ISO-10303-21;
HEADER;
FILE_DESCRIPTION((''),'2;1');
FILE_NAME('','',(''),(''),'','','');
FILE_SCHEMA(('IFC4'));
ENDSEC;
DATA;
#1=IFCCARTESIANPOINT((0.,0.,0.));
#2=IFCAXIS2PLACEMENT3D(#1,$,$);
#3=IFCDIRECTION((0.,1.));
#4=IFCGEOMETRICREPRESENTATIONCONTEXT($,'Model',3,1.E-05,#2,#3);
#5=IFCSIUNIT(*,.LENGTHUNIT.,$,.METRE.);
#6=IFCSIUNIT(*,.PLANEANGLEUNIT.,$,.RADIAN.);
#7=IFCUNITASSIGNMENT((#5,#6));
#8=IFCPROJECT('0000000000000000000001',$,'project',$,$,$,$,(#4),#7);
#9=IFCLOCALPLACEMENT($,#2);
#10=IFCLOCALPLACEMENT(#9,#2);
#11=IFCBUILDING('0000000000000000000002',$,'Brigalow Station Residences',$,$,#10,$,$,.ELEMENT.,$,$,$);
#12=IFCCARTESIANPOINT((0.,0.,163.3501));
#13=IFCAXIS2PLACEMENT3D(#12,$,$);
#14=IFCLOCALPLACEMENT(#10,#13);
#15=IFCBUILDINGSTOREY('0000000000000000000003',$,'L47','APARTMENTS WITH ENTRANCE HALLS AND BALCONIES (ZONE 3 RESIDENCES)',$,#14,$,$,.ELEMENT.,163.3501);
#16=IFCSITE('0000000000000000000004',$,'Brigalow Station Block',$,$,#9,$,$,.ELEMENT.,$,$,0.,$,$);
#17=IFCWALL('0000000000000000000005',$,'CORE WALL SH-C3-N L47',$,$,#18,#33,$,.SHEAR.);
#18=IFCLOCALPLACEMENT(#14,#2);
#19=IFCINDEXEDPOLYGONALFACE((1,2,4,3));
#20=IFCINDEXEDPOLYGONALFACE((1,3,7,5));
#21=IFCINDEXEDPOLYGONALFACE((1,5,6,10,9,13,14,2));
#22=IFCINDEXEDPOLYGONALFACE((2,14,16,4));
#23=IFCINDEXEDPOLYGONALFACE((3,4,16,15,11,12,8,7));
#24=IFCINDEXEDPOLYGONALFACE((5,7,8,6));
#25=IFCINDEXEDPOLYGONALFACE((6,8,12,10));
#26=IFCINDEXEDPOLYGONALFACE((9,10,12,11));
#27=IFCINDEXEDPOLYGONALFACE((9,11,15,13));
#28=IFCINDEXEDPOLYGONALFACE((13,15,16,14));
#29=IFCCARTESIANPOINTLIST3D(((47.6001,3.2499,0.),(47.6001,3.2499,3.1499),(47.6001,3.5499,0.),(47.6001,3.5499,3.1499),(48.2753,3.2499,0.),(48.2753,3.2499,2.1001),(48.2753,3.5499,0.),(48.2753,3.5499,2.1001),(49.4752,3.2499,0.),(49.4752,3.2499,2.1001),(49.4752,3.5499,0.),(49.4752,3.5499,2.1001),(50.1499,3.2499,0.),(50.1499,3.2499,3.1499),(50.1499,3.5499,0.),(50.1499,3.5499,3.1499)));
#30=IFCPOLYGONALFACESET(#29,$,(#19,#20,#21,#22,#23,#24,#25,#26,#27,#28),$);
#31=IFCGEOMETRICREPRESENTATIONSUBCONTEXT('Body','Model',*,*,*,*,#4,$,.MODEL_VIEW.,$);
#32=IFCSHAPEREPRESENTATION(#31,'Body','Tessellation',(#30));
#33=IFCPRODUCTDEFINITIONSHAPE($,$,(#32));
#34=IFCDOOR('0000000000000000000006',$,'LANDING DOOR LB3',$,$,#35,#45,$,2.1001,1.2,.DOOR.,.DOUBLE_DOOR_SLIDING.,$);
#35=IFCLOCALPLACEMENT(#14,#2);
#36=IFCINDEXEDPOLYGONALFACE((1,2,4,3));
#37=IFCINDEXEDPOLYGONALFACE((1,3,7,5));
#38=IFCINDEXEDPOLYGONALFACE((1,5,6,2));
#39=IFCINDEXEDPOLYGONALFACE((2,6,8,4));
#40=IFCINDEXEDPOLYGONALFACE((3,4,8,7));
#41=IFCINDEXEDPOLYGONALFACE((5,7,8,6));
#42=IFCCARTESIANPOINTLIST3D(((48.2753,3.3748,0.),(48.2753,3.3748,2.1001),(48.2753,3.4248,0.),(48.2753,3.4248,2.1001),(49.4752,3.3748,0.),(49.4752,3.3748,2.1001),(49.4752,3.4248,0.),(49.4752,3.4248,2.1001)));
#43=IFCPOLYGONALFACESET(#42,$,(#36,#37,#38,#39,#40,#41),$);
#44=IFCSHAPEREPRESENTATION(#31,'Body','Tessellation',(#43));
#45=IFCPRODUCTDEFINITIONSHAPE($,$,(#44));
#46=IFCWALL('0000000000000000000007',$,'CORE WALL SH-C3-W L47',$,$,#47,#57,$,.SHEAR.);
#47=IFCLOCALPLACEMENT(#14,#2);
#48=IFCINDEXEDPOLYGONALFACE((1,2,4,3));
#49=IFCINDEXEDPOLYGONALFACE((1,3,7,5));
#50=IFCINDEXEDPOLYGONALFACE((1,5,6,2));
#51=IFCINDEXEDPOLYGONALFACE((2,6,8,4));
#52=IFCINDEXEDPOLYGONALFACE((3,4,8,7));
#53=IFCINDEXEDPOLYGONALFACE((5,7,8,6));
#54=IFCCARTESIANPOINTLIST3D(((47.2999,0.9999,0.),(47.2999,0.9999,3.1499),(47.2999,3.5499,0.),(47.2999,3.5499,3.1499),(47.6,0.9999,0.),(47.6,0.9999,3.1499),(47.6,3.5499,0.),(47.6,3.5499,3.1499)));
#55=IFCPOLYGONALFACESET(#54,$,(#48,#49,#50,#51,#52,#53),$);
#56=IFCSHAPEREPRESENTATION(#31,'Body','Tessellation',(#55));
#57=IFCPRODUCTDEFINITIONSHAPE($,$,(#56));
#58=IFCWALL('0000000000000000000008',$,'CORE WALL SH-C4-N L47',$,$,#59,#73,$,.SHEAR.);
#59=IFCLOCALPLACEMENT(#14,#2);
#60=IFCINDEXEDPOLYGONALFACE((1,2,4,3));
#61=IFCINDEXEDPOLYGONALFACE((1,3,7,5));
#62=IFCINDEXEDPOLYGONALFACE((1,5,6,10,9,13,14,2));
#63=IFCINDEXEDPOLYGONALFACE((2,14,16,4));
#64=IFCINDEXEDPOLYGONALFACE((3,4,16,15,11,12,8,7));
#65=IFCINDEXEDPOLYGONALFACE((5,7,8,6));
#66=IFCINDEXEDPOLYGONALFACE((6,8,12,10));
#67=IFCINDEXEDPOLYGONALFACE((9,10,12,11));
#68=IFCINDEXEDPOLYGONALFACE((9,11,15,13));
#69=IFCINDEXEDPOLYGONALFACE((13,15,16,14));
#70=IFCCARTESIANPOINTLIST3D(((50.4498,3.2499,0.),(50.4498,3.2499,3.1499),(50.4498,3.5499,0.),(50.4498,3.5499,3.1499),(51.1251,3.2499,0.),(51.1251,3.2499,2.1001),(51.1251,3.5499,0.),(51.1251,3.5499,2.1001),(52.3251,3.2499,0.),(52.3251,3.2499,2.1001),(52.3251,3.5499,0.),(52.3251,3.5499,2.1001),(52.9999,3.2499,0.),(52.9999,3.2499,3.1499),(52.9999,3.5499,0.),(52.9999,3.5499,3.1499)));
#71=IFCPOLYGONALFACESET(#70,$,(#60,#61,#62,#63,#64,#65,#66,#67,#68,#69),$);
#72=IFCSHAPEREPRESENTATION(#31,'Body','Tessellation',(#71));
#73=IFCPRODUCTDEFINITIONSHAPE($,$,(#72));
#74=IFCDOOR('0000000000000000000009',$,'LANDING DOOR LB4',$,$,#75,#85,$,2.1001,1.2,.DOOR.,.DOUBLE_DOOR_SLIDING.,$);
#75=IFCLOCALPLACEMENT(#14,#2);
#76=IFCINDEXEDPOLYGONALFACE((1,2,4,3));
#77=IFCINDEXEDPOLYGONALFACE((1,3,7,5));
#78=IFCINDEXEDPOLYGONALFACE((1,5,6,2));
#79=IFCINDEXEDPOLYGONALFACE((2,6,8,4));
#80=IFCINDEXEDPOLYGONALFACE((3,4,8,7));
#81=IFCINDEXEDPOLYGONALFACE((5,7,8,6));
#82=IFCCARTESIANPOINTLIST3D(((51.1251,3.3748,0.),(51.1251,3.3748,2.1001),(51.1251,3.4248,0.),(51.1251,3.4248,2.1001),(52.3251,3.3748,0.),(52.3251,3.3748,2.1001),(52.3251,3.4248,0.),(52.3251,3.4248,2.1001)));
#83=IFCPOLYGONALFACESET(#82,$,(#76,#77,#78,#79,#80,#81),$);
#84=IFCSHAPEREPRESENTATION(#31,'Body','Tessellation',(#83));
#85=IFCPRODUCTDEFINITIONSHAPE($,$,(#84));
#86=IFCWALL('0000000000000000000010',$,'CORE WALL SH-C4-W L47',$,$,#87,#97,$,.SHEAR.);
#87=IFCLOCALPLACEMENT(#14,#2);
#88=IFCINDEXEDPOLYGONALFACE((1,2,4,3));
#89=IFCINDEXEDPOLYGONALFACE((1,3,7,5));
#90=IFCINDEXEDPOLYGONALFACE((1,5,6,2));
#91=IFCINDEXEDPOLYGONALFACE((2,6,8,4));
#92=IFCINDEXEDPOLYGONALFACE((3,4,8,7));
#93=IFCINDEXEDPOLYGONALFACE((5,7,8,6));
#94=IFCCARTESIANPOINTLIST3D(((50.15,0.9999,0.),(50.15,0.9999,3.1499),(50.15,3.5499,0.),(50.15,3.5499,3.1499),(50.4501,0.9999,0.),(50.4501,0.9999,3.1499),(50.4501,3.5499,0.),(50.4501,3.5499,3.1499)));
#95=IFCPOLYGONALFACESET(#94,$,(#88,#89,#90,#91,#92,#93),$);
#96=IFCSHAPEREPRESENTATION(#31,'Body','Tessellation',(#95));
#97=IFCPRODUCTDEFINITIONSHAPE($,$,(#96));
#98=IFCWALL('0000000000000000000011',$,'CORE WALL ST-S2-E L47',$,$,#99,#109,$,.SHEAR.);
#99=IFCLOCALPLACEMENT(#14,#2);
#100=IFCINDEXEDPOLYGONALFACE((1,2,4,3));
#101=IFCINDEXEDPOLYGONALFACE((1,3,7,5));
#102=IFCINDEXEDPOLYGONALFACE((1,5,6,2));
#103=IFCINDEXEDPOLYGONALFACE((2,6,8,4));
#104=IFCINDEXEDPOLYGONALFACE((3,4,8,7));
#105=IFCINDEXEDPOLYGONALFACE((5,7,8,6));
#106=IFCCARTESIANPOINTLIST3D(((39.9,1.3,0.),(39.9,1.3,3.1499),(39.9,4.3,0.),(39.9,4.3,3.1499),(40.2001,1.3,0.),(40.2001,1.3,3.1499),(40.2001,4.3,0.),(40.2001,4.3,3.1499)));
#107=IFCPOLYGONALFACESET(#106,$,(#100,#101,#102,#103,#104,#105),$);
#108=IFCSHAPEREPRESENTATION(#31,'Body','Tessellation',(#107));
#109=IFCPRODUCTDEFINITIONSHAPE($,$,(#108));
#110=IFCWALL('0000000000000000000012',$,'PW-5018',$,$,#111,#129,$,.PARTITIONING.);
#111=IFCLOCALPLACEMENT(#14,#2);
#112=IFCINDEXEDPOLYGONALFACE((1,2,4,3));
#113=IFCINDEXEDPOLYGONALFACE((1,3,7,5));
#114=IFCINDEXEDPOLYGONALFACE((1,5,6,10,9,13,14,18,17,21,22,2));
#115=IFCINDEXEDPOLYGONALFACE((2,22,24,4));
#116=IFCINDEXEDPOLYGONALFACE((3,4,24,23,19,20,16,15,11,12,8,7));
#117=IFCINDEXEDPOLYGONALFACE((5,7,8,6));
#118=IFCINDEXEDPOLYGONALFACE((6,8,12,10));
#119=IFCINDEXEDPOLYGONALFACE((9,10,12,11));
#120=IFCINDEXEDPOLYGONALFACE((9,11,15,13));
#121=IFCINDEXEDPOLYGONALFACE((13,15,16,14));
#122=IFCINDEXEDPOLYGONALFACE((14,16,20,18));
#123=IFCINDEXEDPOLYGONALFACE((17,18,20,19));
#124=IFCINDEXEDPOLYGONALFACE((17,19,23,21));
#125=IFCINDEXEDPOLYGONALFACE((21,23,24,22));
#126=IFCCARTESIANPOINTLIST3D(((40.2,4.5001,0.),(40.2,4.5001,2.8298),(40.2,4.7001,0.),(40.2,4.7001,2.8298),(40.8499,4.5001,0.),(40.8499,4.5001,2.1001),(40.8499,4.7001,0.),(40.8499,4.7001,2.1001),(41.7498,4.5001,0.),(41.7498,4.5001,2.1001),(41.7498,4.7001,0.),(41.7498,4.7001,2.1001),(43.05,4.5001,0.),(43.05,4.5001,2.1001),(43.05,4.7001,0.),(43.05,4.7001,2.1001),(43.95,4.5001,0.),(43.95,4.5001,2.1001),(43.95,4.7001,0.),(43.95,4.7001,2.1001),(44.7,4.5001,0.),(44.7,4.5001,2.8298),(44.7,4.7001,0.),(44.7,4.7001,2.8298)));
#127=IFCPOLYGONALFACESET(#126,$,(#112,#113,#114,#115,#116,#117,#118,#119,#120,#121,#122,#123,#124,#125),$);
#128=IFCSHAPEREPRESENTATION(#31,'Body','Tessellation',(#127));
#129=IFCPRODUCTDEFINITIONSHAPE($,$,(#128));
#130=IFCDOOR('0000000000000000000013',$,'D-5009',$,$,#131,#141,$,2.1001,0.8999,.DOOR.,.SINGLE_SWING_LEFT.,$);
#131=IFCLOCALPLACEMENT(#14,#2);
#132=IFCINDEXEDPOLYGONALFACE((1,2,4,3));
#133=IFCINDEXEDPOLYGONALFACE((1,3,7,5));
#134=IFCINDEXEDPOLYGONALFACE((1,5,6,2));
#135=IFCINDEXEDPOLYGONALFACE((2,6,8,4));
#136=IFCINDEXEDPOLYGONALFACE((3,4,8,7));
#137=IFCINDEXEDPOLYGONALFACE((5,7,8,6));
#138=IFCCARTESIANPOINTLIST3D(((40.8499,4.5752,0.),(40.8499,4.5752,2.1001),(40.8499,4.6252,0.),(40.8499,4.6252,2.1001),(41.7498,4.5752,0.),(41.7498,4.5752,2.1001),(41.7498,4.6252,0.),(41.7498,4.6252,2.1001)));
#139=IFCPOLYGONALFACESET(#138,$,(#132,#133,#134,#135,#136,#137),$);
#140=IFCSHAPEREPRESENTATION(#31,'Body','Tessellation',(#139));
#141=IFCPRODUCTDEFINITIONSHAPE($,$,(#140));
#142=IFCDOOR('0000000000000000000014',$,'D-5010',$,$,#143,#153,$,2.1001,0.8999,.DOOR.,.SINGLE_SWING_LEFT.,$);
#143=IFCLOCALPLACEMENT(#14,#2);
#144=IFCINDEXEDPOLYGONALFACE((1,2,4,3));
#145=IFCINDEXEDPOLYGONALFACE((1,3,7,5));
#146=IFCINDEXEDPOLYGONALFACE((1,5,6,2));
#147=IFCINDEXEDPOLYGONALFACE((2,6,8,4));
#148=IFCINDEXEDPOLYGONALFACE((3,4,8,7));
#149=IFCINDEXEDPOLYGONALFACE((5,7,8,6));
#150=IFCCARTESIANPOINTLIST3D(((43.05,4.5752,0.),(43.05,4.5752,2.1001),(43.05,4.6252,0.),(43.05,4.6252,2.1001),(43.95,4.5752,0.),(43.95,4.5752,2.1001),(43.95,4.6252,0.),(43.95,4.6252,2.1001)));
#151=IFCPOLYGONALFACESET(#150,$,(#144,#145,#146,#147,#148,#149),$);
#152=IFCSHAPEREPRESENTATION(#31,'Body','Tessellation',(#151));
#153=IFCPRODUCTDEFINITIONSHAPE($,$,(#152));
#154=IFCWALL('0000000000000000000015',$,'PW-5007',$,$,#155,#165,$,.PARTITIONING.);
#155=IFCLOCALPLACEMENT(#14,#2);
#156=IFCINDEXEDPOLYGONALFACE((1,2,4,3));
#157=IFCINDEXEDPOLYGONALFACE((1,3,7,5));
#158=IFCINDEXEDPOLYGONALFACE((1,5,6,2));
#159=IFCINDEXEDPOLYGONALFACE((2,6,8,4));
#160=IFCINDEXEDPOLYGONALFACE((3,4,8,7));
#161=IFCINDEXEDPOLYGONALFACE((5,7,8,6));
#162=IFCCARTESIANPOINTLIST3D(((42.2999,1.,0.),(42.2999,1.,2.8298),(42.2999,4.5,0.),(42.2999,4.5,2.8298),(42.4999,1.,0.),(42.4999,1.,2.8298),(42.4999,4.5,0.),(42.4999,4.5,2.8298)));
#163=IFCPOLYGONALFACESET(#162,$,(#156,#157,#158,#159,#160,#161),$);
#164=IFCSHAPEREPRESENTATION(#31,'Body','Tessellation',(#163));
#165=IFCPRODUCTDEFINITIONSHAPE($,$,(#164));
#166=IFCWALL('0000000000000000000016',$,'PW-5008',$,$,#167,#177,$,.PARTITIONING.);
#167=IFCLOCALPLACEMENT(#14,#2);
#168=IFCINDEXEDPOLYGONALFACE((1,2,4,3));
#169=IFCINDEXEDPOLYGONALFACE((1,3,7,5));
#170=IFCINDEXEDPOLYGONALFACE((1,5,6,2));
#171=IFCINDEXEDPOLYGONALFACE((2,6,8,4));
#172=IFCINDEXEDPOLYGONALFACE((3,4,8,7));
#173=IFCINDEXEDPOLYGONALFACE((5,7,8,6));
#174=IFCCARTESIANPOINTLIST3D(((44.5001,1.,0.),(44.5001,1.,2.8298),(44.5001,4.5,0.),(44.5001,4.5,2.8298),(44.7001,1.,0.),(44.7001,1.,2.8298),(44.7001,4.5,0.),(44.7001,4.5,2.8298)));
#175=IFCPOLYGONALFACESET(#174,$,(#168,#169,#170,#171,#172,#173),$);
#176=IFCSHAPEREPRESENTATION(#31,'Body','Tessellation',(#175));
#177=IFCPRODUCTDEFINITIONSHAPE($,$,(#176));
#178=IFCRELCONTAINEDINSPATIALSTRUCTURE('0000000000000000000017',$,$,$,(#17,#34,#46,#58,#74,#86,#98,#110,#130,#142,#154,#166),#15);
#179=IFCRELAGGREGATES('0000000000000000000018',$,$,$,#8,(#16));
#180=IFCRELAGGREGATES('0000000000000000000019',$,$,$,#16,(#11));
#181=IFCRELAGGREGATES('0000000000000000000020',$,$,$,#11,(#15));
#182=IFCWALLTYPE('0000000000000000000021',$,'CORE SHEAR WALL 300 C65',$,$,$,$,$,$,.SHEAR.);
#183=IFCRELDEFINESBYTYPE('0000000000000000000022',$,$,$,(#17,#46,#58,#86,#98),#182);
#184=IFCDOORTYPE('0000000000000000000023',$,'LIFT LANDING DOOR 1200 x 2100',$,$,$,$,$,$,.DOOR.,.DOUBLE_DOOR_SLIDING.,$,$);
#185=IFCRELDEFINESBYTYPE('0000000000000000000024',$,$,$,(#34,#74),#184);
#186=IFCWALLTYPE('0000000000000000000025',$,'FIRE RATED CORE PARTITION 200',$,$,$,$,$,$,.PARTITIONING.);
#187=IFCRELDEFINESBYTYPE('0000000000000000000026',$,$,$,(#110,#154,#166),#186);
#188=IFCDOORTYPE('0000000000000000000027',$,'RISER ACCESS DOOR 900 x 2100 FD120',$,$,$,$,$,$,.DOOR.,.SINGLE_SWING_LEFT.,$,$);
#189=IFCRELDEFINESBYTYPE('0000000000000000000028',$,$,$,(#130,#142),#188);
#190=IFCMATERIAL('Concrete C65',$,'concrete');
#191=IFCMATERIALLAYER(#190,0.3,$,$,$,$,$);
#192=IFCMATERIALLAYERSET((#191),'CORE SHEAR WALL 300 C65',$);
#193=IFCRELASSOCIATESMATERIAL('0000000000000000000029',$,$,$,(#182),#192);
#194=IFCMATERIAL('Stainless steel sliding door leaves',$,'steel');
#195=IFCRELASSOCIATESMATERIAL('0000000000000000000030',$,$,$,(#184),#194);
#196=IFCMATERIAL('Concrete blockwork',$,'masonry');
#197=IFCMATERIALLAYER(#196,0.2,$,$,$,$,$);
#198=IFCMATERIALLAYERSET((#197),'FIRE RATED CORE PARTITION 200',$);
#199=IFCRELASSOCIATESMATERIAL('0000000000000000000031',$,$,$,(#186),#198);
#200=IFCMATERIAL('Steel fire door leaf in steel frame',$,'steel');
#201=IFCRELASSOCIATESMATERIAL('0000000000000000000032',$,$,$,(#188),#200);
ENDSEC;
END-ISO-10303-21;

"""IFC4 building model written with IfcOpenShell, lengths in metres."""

from ifc_helpers import new_model, si_unit, direction, frame, frame_2d, origin, place, context, subcontext, project, spatial, rectangle, extrude, material, layer, layer_set, type_object, element, fill, save


model = new_model("IFC4")

# Units and contexts
model_context = context("Model", 3, precision=1e-05, world=origin(), true_north=direction((0.0, 1.0)))
body_context = subcontext(model_context, "Body", "Model", "MODEL_VIEW")
ifc_project = project(units=[si_unit("LENGTHUNIT", "METRE"), si_unit("PLANEANGLEUNIT", "RADIAN")], contexts=[model_context])

# Site, building, storey
site_placement = place(None, origin())
site = spatial("IfcSite", under=ifc_project, at=site_placement, Name="Brigalow Station Block", CompositionType="ELEMENT", RefElevation=0.0)
building_placement = place(site_placement, origin())
building = spatial("IfcBuilding", under=site, at=building_placement, Name="Brigalow Station Residences", CompositionType="ELEMENT")
storey_placement = place(building_placement, frame((0.0, 0.0, 163.3501)))
storey = spatial("IfcBuildingStorey", under=building, at=storey_placement, Name="L47", Description="APARTMENTS WITH ENTRANCE HALLS AND BALCONIES (ZONE 3 RESIDENCES)", CompositionType="ELEMENT", Elevation=163.3501)

# Wall, opening, door
ifc_material_1 = material(Name="Concrete C65", Category="concrete")
ifc_layer_1 = layer(ifc_material_1, 0.3)
ifc_layer_set_1 = layer_set([ifc_layer_1], Name="CORE SHEAR WALL 300 C65")
wall_type_1 = type_object("IfcWallType", Name="CORE SHEAR WALL 300 C65", PredefinedType="SHEAR", material=ifc_layer_set_1)
wall_1_placement = place(storey_placement, frame((47.6001, 3.3999, 0.0), z_axis=(0.0, 0.0, 1.0), x_axis=(1.0, 0.0, 0.0)))
wall_1 = element("IfcWall", 1, at=wall_1_placement, inside=storey, type_object=wall_type_1, Name="CORE WALL SH-C3-N L47", PredefinedType="SHEAR", context=body_context, shape_type="SweptSolid", body=[
    extrude(rectangle(XDim=2.5498, YDim=0.3, at=frame_2d((1.2749, 0.0))), origin(), (0.0, 0.0, 1.0), 3.1499),
])
opening_1_placement = place(wall_1_placement, frame((0.675, 0.0, 0.0)))
opening_1 = element("IfcOpeningElement", 2, at=opening_1_placement, cuts=wall_1, PredefinedType="OPENING", context=body_context, shape_type="SweptSolid", body=[
    extrude(rectangle(XDim=1.2, YDim=2.1001, at=frame_2d((0.6001, 1.05))), frame((0.0, 0.1602, 0.0), z_axis=(0.0, -1.0, 0.0), x_axis=(1.0, 0.0, 0.0)), (0.0, 0.0, 1.0), 0.3201),
])
ifc_material_2 = material(Name="Stainless steel sliding door leaves", Category="steel")
door_type_1 = type_object("IfcDoorType", Name="LIFT LANDING DOOR 1200 x 2100", OperationType="DOUBLE_DOOR_SLIDING", PredefinedType="DOOR", material=ifc_material_2)
door_1_placement = place(opening_1_placement, origin())
door_1 = element("IfcDoor", 3, at=door_1_placement, inside=storey, type_object=door_type_1, Name="LANDING DOOR LB3", OperationType="DOUBLE_DOOR_SLIDING", OverallHeight=2.1001, OverallWidth=1.2, PredefinedType="DOOR", context=body_context, shape_type="SweptSolid", body=[
    extrude(rectangle(XDim=1.2, YDim=2.1001, at=frame_2d((0.6001, 1.05))), frame((0.0, 0.0249, 0.0), z_axis=(0.0, -1.0, 0.0), x_axis=(1.0, 0.0, 0.0)), (0.0, 0.0, 1.0), 0.05),
])
fill(opening_1, door_1)

# Wall
wall_2_placement = place(storey_placement, frame((47.45, 1.0, 0.0), z_axis=(0.0, 0.0, 1.0), x_axis=(0.0, 1.0, 0.0)))
element("IfcWall", 4, at=wall_2_placement, inside=storey, type_object=wall_type_1, Name="CORE WALL SH-C3-W L47", PredefinedType="SHEAR", context=body_context, shape_type="SweptSolid", body=[
    extrude(rectangle(XDim=2.55, YDim=0.3, at=frame_2d((1.2749, 0.0))), origin(), (0.0, 0.0, 1.0), 3.1499),
])

# Wall, opening, door
wall_3_placement = place(storey_placement, frame((50.45, 3.3999, 0.0), z_axis=(0.0, 0.0, 1.0), x_axis=(1.0, 0.0, 0.0)))
wall_3 = element("IfcWall", 5, at=wall_3_placement, inside=storey, type_object=wall_type_1, Name="CORE WALL SH-C4-N L47", PredefinedType="SHEAR", context=body_context, shape_type="SweptSolid", body=[
    extrude(rectangle(XDim=2.55, YDim=0.3, at=frame_2d((1.2749, 0.0))), origin(), (0.0, 0.0, 1.0), 3.1499),
])
opening_2_placement = place(wall_3_placement, frame((0.675, 0.0, 0.0)))
opening_2 = element("IfcOpeningElement", 6, at=opening_2_placement, cuts=wall_3, PredefinedType="OPENING", context=body_context, shape_type="SweptSolid", body=[
    extrude(rectangle(XDim=1.2, YDim=2.1001, at=frame_2d((0.6001, 1.05))), frame((0.0, 0.1602, 0.0), z_axis=(0.0, -1.0, 0.0), x_axis=(1.0, 0.0, 0.0)), (0.0, 0.0, 1.0), 0.3201),
])
door_2_placement = place(opening_2_placement, origin())
door_2 = element("IfcDoor", 7, at=door_2_placement, inside=storey, type_object=door_type_1, Name="LANDING DOOR LB4", OperationType="DOUBLE_DOOR_SLIDING", OverallHeight=2.1001, OverallWidth=1.2, PredefinedType="DOOR", context=body_context, shape_type="SweptSolid", body=[
    extrude(rectangle(XDim=1.2, YDim=2.1001, at=frame_2d((0.6001, 1.05))), frame((0.0, 0.0249, 0.0), z_axis=(0.0, -1.0, 0.0), x_axis=(1.0, 0.0, 0.0)), (0.0, 0.0, 1.0), 0.05),
])
fill(opening_2, door_2)

# Walls
wall_4_placement = place(storey_placement, frame((50.3, 1.0, 0.0), z_axis=(0.0, 0.0, 1.0), x_axis=(0.0, 1.0, 0.0)))
element("IfcWall", 8, at=wall_4_placement, inside=storey, type_object=wall_type_1, Name="CORE WALL SH-C4-W L47", PredefinedType="SHEAR", context=body_context, shape_type="SweptSolid", body=[
    extrude(rectangle(XDim=2.55, YDim=0.3, at=frame_2d((1.2749, 0.0))), origin(), (0.0, 0.0, 1.0), 3.1499),
])
wall_5_placement = place(storey_placement, frame((40.05, 1.3, 0.0), z_axis=(0.0, 0.0, 1.0), x_axis=(0.0, 1.0, 0.0)))
element("IfcWall", 9, at=wall_5_placement, inside=storey, type_object=wall_type_1, Name="CORE WALL ST-S2-E L47", PredefinedType="SHEAR", context=body_context, shape_type="SweptSolid", body=[
    extrude(rectangle(XDim=3.0, YDim=0.3, at=frame_2d((1.5, 0.0))), origin(), (0.0, 0.0, 1.0), 3.1499),
])

# Wall, openings, doors
ifc_material_3 = material(Name="Concrete blockwork", Category="masonry")
ifc_layer_2 = layer(ifc_material_3, 0.2)
ifc_layer_set_2 = layer_set([ifc_layer_2], Name="FIRE RATED CORE PARTITION 200")
wall_type_2 = type_object("IfcWallType", Name="FIRE RATED CORE PARTITION 200", PredefinedType="PARTITIONING", material=ifc_layer_set_2)
wall_6_placement = place(storey_placement, frame((40.2, 4.6001, 0.0), z_axis=(0.0, 0.0, 1.0), x_axis=(1.0, 0.0, 0.0)))
wall_6 = element("IfcWall", 10, at=wall_6_placement, inside=storey, type_object=wall_type_2, Name="PW-5018", PredefinedType="PARTITIONING", context=body_context, shape_type="SweptSolid", body=[
    extrude(rectangle(XDim=4.5, YDim=0.2, at=frame_2d((2.25, 0.0))), origin(), (0.0, 0.0, 1.0), 2.8298),
])
opening_3_placement = place(wall_6_placement, frame((0.6499, 0.0, 0.0)))
opening_3 = element("IfcOpeningElement", 11, at=opening_3_placement, cuts=wall_6, PredefinedType="OPENING", context=body_context, shape_type="SweptSolid", body=[
    extrude(rectangle(XDim=0.8999, YDim=2.1001, at=frame_2d((0.45, 1.05))), frame((0.0, 0.1099, 0.0), z_axis=(0.0, -1.0, 0.0), x_axis=(1.0, 0.0, 0.0)), (0.0, 0.0, 1.0), 0.22),
])
opening_4_placement = place(wall_6_placement, frame((2.8501, 0.0, 0.0)))
opening_4 = element("IfcOpeningElement", 12, at=opening_4_placement, cuts=wall_6, PredefinedType="OPENING", context=body_context, shape_type="SweptSolid", body=[
    extrude(rectangle(XDim=0.8999, YDim=2.1001, at=frame_2d((0.45, 1.05))), frame((0.0, 0.1099, 0.0), z_axis=(0.0, -1.0, 0.0), x_axis=(1.0, 0.0, 0.0)), (0.0, 0.0, 1.0), 0.22),
])
ifc_material_4 = material(Name="Steel fire door leaf in steel frame", Category="steel")
door_type_2 = type_object("IfcDoorType", Name="RISER ACCESS DOOR 900 x 2100 FD120", OperationType="SINGLE_SWING_LEFT", PredefinedType="DOOR", material=ifc_material_4)
door_3_placement = place(opening_3_placement, frame((0.8999, 0.0, 0.0), z_axis=(0.0, 0.0, 1.0), x_axis=(-1.0, 0.0, 0.0)))
door_3 = element("IfcDoor", 13, at=door_3_placement, inside=storey, type_object=door_type_2, Name="D-5009", OperationType="SINGLE_SWING_LEFT", OverallHeight=2.1001, OverallWidth=0.8999, PredefinedType="DOOR", context=body_context, shape_type="SweptSolid", body=[
    extrude(rectangle(XDim=0.8999, YDim=2.1001, at=frame_2d((0.45, 1.05))), frame((0.0, 0.0249, 0.0), z_axis=(0.0, -1.0, 0.0), x_axis=(1.0, 0.0, 0.0)), (0.0, 0.0, 1.0), 0.05),
])
fill(opening_3, door_3)
door_4_placement = place(opening_4_placement, frame((0.8999, 0.0, 0.0), z_axis=(0.0, 0.0, 1.0), x_axis=(-1.0, 0.0, 0.0)))
door_4 = element("IfcDoor", 14, at=door_4_placement, inside=storey, type_object=door_type_2, Name="D-5010", OperationType="SINGLE_SWING_LEFT", OverallHeight=2.1001, OverallWidth=0.8999, PredefinedType="DOOR", context=body_context, shape_type="SweptSolid", body=[
    extrude(rectangle(XDim=0.8999, YDim=2.1001, at=frame_2d((0.45, 1.05))), frame((0.0, 0.0249, 0.0), z_axis=(0.0, -1.0, 0.0), x_axis=(1.0, 0.0, 0.0)), (0.0, 0.0, 1.0), 0.05),
])
fill(opening_4, door_4)

# Walls
for number, where, z_axis, x_axis, name in (
    (15, (42.3999, 1.0, 0.0), (0.0, 0.0, 1.0), (0.0, 1.0, 0.0), "PW-5007"),
    (16, (44.6001, 1.0, 0.0), (0.0, 0.0, 1.0), (0.0, 1.0, 0.0), "PW-5008"),
):
    element("IfcWall", number, at=place(storey_placement, frame(where, z_axis=z_axis, x_axis=x_axis)), inside=storey, type_object=wall_type_2, Name=name, PredefinedType="PARTITIONING", context=body_context, shape_type="SweptSolid", body=[
        extrude(rectangle(XDim=3.5, YDim=0.2, at=frame_2d((1.75, 0.0))), origin(), (0.0, 0.0, 1.0), 2.8298),
    ])

save(model, "model.ifc")
